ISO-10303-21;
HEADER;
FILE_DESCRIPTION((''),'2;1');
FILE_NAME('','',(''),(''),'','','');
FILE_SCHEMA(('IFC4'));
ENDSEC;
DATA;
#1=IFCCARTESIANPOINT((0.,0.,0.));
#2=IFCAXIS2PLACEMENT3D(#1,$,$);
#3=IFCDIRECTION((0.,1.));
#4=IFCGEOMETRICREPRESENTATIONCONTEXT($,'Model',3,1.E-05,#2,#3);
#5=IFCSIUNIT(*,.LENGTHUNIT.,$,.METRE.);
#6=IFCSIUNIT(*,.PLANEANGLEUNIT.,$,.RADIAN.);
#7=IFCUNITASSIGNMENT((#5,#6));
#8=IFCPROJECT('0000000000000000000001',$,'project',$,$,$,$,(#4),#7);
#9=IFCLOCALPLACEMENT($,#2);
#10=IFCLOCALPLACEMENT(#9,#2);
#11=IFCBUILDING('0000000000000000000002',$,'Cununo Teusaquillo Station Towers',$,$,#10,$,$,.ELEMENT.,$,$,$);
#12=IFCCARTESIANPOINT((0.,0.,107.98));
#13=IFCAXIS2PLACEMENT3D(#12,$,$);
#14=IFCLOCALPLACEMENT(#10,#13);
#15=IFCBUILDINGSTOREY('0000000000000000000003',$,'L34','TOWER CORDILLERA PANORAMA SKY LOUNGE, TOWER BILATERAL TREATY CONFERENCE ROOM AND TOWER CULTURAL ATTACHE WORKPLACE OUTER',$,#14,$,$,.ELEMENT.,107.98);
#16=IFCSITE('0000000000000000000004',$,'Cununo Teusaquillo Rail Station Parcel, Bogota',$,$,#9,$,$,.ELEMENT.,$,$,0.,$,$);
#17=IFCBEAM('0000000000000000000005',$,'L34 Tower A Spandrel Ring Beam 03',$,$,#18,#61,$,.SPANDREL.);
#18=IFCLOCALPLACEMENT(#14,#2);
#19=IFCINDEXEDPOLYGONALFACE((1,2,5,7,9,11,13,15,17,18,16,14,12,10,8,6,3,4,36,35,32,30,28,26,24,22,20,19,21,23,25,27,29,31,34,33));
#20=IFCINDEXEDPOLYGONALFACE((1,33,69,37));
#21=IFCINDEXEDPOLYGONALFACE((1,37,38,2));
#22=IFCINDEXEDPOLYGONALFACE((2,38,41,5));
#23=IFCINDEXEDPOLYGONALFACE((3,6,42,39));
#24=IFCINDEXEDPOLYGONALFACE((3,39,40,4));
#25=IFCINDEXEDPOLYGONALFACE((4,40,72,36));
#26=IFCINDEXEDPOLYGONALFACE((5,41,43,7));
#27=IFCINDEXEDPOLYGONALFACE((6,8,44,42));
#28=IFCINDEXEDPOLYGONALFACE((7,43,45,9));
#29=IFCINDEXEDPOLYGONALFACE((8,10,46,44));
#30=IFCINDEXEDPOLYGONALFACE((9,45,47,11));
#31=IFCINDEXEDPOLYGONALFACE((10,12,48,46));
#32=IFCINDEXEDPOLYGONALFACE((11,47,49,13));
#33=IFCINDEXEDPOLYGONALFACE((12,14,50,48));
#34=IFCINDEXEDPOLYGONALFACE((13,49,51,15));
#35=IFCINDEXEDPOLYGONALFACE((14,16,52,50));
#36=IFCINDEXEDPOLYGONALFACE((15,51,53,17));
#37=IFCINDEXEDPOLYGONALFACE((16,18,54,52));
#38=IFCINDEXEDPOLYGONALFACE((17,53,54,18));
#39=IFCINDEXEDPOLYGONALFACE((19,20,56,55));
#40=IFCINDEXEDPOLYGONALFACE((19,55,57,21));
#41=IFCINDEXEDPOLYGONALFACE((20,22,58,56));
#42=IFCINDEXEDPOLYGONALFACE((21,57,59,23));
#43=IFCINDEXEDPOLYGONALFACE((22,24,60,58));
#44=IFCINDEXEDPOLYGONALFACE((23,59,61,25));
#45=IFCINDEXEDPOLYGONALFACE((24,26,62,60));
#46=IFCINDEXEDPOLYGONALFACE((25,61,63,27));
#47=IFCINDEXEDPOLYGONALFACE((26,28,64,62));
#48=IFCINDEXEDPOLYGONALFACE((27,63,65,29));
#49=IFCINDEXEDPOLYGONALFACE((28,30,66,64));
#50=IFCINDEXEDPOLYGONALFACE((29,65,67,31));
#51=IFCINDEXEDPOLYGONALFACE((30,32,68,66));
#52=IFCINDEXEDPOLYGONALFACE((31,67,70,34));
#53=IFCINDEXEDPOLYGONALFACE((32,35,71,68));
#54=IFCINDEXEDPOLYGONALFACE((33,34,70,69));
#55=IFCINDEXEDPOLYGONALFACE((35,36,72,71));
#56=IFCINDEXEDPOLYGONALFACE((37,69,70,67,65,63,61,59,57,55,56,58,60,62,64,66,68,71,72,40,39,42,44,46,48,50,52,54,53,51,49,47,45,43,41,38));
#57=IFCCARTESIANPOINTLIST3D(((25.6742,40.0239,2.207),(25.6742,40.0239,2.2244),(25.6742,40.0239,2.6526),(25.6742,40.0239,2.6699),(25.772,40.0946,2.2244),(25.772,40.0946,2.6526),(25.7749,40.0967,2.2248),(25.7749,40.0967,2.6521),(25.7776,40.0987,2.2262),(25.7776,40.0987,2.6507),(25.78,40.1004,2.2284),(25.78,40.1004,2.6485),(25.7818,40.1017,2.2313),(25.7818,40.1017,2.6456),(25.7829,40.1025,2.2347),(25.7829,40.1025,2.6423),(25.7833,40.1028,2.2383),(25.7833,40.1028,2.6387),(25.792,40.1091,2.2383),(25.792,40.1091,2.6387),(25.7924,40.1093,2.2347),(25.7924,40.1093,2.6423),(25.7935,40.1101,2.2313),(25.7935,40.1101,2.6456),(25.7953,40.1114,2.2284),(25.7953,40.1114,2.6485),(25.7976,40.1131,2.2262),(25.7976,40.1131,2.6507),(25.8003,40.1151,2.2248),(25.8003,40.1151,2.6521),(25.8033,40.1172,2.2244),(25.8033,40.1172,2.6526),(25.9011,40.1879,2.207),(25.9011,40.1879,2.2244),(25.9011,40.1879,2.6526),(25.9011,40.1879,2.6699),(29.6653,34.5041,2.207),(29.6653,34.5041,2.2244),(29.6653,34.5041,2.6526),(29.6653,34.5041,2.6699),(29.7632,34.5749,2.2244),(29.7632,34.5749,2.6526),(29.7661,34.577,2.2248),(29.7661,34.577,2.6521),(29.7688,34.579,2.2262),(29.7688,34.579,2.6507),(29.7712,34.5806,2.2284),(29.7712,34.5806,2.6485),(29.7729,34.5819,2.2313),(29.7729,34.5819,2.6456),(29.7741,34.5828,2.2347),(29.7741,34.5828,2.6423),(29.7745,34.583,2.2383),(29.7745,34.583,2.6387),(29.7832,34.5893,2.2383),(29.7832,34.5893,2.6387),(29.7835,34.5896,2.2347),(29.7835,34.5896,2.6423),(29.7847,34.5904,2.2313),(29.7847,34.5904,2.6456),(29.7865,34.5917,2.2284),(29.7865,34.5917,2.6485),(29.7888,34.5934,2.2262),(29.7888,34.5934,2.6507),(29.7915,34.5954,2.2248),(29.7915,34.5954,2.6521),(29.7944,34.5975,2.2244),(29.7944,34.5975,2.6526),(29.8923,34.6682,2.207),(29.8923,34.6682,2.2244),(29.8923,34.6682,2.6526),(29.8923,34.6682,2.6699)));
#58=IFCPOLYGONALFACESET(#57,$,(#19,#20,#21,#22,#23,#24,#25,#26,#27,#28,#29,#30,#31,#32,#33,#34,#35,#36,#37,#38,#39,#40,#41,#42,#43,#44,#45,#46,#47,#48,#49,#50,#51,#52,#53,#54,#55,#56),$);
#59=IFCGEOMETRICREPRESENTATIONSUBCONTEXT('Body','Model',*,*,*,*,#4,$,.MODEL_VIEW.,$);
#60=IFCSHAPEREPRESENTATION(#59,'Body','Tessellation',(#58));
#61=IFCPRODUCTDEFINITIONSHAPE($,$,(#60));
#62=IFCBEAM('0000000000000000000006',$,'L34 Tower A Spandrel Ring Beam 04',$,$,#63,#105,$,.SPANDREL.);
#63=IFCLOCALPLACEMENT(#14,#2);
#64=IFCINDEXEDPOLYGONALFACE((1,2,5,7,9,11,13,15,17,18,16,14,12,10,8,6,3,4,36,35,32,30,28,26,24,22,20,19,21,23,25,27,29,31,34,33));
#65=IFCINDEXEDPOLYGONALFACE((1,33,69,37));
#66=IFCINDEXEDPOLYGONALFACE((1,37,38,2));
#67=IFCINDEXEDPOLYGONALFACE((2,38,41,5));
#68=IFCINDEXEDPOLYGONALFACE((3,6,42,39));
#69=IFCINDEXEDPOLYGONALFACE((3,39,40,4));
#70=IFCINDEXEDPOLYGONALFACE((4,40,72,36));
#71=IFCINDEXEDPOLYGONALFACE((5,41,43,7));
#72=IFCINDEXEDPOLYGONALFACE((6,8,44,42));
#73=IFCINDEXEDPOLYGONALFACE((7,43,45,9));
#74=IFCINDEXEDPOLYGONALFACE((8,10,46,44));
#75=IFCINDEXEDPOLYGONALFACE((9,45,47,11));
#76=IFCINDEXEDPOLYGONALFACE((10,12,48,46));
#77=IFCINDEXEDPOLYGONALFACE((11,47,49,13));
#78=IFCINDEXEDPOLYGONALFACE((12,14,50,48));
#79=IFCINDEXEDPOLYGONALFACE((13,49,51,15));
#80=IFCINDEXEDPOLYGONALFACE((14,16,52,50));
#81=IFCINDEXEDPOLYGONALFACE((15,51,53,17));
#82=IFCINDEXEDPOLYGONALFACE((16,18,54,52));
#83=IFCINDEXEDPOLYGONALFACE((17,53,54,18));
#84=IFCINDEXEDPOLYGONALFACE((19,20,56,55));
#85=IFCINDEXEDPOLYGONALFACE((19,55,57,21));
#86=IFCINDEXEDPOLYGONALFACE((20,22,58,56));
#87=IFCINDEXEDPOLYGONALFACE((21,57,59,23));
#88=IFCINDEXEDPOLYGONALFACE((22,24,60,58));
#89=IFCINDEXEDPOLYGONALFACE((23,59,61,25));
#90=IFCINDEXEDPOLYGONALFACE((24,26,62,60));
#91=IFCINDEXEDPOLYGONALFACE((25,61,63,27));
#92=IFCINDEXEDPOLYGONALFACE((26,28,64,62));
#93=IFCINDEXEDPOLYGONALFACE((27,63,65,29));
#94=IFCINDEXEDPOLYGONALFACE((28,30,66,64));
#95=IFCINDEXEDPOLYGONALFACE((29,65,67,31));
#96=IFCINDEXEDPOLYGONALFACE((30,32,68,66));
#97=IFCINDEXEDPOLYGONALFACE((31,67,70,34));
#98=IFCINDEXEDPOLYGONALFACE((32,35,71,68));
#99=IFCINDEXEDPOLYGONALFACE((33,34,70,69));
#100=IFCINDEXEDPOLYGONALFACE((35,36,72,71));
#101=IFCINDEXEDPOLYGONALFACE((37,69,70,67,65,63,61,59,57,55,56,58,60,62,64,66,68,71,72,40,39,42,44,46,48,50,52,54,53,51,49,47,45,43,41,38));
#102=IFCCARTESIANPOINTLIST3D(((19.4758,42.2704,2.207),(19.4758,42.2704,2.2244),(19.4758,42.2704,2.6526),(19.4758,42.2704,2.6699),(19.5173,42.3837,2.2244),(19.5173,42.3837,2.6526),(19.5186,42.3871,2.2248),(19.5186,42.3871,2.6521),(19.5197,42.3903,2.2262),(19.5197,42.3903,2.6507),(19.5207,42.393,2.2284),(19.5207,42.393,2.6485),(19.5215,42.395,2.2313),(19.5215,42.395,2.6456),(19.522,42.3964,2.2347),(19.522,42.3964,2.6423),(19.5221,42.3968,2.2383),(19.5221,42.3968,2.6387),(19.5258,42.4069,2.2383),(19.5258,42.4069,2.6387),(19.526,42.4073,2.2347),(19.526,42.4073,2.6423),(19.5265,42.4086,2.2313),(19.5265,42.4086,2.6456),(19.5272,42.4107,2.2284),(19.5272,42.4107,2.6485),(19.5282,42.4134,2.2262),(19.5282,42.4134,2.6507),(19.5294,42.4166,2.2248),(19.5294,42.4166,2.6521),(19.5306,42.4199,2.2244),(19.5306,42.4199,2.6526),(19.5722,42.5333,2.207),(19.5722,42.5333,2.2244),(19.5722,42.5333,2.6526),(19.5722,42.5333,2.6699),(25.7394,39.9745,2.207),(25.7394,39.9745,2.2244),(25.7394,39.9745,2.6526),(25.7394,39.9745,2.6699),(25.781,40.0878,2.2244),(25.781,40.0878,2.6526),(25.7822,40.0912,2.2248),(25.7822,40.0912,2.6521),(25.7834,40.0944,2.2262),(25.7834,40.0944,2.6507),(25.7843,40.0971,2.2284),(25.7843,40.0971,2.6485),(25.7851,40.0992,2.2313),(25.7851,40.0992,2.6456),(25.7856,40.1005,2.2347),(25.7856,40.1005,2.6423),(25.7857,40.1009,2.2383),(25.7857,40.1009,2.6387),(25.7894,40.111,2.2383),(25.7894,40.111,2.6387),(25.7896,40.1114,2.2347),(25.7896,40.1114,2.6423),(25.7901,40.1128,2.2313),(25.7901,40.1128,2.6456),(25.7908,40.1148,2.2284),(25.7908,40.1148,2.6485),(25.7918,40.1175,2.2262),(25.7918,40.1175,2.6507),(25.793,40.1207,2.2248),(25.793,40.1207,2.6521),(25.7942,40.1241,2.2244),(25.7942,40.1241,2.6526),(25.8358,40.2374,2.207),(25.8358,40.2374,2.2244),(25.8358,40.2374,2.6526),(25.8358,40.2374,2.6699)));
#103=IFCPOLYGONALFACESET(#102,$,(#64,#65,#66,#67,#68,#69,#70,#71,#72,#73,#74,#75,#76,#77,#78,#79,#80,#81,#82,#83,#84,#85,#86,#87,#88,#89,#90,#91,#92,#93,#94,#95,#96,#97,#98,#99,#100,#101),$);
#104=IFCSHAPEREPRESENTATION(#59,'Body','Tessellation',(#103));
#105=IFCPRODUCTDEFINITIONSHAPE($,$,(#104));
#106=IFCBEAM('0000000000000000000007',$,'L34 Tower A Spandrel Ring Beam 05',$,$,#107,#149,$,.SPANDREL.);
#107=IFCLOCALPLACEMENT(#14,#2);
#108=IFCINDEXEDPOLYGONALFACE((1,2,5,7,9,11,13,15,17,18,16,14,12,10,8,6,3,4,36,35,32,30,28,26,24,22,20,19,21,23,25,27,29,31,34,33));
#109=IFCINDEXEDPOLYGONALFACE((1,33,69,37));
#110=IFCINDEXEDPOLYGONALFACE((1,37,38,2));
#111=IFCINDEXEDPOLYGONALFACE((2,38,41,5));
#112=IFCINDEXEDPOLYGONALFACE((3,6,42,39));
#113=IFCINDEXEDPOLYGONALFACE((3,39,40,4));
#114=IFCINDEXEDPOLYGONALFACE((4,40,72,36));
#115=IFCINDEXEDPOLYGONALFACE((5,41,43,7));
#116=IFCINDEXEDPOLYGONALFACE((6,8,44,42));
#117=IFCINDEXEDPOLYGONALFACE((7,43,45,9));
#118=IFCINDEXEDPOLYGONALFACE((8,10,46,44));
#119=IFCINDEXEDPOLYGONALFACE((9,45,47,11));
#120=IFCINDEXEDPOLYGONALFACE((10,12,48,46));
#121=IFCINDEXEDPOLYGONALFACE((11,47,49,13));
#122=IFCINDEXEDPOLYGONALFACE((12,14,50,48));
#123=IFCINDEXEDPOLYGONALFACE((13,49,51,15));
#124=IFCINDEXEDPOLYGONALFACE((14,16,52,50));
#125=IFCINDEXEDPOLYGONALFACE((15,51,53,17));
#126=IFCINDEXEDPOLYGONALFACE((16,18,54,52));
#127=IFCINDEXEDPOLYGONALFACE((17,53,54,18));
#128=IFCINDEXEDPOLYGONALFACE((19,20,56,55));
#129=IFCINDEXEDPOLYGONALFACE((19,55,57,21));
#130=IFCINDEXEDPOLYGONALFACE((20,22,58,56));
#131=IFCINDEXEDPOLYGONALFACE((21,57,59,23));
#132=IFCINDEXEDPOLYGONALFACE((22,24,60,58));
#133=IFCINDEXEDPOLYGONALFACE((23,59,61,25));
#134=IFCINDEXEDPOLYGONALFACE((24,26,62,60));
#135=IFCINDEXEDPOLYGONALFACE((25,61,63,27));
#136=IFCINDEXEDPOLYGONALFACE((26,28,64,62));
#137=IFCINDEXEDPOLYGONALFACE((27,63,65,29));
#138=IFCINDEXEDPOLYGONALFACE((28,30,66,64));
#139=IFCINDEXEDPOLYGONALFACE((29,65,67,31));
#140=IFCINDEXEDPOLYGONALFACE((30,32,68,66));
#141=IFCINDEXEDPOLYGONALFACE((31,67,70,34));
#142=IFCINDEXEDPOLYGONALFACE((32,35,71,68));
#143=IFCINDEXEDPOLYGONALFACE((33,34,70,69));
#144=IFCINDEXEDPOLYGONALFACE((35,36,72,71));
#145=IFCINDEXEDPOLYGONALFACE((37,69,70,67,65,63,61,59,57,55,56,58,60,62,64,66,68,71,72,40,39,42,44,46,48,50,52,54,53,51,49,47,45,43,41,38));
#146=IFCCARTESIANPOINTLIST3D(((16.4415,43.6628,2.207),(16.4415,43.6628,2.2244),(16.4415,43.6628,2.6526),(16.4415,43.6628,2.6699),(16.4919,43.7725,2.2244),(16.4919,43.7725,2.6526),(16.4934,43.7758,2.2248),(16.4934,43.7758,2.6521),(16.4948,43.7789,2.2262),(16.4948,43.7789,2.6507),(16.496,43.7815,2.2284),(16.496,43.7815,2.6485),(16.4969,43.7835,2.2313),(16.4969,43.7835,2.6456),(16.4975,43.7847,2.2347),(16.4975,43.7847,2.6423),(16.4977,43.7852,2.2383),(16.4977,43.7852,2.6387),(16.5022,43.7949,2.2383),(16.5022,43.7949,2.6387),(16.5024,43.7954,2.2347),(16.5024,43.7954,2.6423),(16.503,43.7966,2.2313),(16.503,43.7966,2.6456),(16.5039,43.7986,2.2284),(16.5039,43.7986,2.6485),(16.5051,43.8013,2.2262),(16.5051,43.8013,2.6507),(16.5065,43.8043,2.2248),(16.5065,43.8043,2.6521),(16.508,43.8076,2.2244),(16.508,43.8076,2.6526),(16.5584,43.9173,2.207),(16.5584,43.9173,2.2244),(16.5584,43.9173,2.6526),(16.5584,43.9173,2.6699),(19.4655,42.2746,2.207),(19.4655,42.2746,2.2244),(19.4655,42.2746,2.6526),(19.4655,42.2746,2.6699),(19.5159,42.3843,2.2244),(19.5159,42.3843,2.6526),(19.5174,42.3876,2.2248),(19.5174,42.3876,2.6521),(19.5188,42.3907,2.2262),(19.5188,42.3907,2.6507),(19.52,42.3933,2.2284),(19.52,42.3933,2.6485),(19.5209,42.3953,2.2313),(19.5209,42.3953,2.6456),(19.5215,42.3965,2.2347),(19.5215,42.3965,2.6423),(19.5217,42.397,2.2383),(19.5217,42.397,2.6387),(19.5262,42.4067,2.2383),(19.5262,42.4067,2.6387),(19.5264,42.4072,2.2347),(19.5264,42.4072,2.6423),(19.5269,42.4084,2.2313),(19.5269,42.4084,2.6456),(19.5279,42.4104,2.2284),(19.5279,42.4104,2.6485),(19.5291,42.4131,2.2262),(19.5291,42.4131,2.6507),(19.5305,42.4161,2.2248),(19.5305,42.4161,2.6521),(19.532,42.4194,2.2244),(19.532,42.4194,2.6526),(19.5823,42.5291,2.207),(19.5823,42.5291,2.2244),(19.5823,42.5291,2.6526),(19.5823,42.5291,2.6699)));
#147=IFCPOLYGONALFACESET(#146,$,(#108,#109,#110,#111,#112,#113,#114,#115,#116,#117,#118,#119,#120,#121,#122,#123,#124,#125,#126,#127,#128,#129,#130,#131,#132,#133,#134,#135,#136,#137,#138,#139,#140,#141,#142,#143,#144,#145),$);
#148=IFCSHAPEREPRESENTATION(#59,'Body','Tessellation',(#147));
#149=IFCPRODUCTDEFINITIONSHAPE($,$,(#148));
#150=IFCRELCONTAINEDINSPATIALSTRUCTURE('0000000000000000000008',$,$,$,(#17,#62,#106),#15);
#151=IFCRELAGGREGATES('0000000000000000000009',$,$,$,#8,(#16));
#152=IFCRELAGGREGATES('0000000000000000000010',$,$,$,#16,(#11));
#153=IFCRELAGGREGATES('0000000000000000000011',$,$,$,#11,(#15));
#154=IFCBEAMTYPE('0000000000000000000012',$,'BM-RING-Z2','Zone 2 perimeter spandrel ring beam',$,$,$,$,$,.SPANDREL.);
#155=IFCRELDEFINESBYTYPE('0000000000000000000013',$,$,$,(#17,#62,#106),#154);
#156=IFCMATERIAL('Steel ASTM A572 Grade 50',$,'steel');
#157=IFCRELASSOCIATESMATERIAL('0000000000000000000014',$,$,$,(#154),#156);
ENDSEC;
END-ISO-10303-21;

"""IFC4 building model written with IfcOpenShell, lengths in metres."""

from ifc_helpers import new_model, si_unit, direction, frame, origin, origin_2d, place, context, subcontext, project, spatial, i_section, extrude, material, material_profile, profile_set, type_object, element, save


model = new_model("IFC4")

# Units and contexts
model_context = context("Model", 3, precision=1e-05, world=origin(), true_north=direction((0.0, 1.0)))
body_context = subcontext(model_context, "Body", "Model", "MODEL_VIEW")
ifc_project = project(units=[si_unit("LENGTHUNIT", "METRE"), si_unit("PLANEANGLEUNIT", "RADIAN")], contexts=[model_context])

# Site, building, storey
site_placement = place(None, origin())
site = spatial("IfcSite", under=ifc_project, at=site_placement, Name="Cununo Teusaquillo Rail Station Parcel, Bogota", CompositionType="ELEMENT", RefElevation=0.0)
building_placement = place(site_placement, origin())
building = spatial("IfcBuilding", under=site, at=building_placement, Name="Cununo Teusaquillo Station Towers", CompositionType="ELEMENT")
storey_placement = place(building_placement, frame((0.0, 0.0, 107.98)))
storey = spatial("IfcBuildingStorey", under=building, at=storey_placement, Name="L34", Description="TOWER CORDILLERA PANORAMA SKY LOUNGE, TOWER BILATERAL TREATY CONFERENCE ROOM AND TOWER CULTURAL ATTACHE WORKPLACE OUTER", CompositionType="ELEMENT", Elevation=107.98)

# Beams
ifc_material_1 = material(Name="Steel ASTM A572 Grade 50", Category="steel")
ifc_material_profile_1 = material_profile(ifc_material_1, i_section(OverallWidth=0.28, OverallDepth=0.4629, WebThickness=0.0107, FlangeThickness=0.0173, FilletRadius=0.0139, at=origin_2d()), Name="W18X76")
ifc_profile_set_1 = profile_set([ifc_material_profile_1], Name="Steel ASTM A572 Grade 50")
beam_type_1 = type_object("IfcBeamType", Name="BM-RING-Z2", Description="Zone 2 perimeter spandrel ring beam", PredefinedType="SPANDREL", material=ifc_profile_set_1)
beam_1_placement = place(storey_placement, frame((29.7788, 34.5862, 2.4385), z_axis=(-0.585945, 0.810351, 0.0), x_axis=(-0.810351, -0.585945, 0.0)))
element("IfcBeam", 1, at=beam_1_placement, inside=storey, type_object=beam_type_1, Name="L34 Tower A Spandrel Ring Beam 03", PredefinedType="SPANDREL", context=body_context, shape_type="SweptSolid", body=[
    extrude(i_section(OverallWidth=0.28, OverallDepth=0.4629, WebThickness=0.0107, FlangeThickness=0.0173, FilletRadius=0.0139, at=origin_2d()), origin(), (0.0, 0.0, 1.0), 6.8115),
])
beam_2_placement = place(storey_placement, frame((25.7876, 40.106, 2.4385), z_axis=(-0.938914, 0.344151, 0.0), x_axis=(-0.344151, -0.938914, 0.0)))
element("IfcBeam", 2, at=beam_2_placement, inside=storey, type_object=beam_type_1, Name="L34 Tower A Spandrel Ring Beam 04", PredefinedType="SPANDREL", context=body_context, shape_type="SweptSolid", body=[
    extrude(i_section(OverallWidth=0.28, OverallDepth=0.4629, WebThickness=0.0107, FlangeThickness=0.0173, FilletRadius=0.0139, at=origin_2d()), origin(), (0.0, 0.0, 1.0), 6.6711),
])
beam_3_placement = place(storey_placement, frame((19.5239, 42.4019, 2.4385), z_axis=(-0.908812, 0.417205, 0.0), x_axis=(-0.417205, -0.908812, 0.0)))
element("IfcBeam", 3, at=beam_3_placement, inside=storey, type_object=beam_type_1, Name="L34 Tower A Spandrel Ring Beam 05", PredefinedType="SPANDREL", context=body_context, shape_type="SweptSolid", body=[
    extrude(i_section(OverallWidth=0.28, OverallDepth=0.4629, WebThickness=0.0107, FlangeThickness=0.0173, FilletRadius=0.0139, at=origin_2d()), origin(), (0.0, 0.0, 1.0), 3.3274),
])

save(model, "model.ifc")
